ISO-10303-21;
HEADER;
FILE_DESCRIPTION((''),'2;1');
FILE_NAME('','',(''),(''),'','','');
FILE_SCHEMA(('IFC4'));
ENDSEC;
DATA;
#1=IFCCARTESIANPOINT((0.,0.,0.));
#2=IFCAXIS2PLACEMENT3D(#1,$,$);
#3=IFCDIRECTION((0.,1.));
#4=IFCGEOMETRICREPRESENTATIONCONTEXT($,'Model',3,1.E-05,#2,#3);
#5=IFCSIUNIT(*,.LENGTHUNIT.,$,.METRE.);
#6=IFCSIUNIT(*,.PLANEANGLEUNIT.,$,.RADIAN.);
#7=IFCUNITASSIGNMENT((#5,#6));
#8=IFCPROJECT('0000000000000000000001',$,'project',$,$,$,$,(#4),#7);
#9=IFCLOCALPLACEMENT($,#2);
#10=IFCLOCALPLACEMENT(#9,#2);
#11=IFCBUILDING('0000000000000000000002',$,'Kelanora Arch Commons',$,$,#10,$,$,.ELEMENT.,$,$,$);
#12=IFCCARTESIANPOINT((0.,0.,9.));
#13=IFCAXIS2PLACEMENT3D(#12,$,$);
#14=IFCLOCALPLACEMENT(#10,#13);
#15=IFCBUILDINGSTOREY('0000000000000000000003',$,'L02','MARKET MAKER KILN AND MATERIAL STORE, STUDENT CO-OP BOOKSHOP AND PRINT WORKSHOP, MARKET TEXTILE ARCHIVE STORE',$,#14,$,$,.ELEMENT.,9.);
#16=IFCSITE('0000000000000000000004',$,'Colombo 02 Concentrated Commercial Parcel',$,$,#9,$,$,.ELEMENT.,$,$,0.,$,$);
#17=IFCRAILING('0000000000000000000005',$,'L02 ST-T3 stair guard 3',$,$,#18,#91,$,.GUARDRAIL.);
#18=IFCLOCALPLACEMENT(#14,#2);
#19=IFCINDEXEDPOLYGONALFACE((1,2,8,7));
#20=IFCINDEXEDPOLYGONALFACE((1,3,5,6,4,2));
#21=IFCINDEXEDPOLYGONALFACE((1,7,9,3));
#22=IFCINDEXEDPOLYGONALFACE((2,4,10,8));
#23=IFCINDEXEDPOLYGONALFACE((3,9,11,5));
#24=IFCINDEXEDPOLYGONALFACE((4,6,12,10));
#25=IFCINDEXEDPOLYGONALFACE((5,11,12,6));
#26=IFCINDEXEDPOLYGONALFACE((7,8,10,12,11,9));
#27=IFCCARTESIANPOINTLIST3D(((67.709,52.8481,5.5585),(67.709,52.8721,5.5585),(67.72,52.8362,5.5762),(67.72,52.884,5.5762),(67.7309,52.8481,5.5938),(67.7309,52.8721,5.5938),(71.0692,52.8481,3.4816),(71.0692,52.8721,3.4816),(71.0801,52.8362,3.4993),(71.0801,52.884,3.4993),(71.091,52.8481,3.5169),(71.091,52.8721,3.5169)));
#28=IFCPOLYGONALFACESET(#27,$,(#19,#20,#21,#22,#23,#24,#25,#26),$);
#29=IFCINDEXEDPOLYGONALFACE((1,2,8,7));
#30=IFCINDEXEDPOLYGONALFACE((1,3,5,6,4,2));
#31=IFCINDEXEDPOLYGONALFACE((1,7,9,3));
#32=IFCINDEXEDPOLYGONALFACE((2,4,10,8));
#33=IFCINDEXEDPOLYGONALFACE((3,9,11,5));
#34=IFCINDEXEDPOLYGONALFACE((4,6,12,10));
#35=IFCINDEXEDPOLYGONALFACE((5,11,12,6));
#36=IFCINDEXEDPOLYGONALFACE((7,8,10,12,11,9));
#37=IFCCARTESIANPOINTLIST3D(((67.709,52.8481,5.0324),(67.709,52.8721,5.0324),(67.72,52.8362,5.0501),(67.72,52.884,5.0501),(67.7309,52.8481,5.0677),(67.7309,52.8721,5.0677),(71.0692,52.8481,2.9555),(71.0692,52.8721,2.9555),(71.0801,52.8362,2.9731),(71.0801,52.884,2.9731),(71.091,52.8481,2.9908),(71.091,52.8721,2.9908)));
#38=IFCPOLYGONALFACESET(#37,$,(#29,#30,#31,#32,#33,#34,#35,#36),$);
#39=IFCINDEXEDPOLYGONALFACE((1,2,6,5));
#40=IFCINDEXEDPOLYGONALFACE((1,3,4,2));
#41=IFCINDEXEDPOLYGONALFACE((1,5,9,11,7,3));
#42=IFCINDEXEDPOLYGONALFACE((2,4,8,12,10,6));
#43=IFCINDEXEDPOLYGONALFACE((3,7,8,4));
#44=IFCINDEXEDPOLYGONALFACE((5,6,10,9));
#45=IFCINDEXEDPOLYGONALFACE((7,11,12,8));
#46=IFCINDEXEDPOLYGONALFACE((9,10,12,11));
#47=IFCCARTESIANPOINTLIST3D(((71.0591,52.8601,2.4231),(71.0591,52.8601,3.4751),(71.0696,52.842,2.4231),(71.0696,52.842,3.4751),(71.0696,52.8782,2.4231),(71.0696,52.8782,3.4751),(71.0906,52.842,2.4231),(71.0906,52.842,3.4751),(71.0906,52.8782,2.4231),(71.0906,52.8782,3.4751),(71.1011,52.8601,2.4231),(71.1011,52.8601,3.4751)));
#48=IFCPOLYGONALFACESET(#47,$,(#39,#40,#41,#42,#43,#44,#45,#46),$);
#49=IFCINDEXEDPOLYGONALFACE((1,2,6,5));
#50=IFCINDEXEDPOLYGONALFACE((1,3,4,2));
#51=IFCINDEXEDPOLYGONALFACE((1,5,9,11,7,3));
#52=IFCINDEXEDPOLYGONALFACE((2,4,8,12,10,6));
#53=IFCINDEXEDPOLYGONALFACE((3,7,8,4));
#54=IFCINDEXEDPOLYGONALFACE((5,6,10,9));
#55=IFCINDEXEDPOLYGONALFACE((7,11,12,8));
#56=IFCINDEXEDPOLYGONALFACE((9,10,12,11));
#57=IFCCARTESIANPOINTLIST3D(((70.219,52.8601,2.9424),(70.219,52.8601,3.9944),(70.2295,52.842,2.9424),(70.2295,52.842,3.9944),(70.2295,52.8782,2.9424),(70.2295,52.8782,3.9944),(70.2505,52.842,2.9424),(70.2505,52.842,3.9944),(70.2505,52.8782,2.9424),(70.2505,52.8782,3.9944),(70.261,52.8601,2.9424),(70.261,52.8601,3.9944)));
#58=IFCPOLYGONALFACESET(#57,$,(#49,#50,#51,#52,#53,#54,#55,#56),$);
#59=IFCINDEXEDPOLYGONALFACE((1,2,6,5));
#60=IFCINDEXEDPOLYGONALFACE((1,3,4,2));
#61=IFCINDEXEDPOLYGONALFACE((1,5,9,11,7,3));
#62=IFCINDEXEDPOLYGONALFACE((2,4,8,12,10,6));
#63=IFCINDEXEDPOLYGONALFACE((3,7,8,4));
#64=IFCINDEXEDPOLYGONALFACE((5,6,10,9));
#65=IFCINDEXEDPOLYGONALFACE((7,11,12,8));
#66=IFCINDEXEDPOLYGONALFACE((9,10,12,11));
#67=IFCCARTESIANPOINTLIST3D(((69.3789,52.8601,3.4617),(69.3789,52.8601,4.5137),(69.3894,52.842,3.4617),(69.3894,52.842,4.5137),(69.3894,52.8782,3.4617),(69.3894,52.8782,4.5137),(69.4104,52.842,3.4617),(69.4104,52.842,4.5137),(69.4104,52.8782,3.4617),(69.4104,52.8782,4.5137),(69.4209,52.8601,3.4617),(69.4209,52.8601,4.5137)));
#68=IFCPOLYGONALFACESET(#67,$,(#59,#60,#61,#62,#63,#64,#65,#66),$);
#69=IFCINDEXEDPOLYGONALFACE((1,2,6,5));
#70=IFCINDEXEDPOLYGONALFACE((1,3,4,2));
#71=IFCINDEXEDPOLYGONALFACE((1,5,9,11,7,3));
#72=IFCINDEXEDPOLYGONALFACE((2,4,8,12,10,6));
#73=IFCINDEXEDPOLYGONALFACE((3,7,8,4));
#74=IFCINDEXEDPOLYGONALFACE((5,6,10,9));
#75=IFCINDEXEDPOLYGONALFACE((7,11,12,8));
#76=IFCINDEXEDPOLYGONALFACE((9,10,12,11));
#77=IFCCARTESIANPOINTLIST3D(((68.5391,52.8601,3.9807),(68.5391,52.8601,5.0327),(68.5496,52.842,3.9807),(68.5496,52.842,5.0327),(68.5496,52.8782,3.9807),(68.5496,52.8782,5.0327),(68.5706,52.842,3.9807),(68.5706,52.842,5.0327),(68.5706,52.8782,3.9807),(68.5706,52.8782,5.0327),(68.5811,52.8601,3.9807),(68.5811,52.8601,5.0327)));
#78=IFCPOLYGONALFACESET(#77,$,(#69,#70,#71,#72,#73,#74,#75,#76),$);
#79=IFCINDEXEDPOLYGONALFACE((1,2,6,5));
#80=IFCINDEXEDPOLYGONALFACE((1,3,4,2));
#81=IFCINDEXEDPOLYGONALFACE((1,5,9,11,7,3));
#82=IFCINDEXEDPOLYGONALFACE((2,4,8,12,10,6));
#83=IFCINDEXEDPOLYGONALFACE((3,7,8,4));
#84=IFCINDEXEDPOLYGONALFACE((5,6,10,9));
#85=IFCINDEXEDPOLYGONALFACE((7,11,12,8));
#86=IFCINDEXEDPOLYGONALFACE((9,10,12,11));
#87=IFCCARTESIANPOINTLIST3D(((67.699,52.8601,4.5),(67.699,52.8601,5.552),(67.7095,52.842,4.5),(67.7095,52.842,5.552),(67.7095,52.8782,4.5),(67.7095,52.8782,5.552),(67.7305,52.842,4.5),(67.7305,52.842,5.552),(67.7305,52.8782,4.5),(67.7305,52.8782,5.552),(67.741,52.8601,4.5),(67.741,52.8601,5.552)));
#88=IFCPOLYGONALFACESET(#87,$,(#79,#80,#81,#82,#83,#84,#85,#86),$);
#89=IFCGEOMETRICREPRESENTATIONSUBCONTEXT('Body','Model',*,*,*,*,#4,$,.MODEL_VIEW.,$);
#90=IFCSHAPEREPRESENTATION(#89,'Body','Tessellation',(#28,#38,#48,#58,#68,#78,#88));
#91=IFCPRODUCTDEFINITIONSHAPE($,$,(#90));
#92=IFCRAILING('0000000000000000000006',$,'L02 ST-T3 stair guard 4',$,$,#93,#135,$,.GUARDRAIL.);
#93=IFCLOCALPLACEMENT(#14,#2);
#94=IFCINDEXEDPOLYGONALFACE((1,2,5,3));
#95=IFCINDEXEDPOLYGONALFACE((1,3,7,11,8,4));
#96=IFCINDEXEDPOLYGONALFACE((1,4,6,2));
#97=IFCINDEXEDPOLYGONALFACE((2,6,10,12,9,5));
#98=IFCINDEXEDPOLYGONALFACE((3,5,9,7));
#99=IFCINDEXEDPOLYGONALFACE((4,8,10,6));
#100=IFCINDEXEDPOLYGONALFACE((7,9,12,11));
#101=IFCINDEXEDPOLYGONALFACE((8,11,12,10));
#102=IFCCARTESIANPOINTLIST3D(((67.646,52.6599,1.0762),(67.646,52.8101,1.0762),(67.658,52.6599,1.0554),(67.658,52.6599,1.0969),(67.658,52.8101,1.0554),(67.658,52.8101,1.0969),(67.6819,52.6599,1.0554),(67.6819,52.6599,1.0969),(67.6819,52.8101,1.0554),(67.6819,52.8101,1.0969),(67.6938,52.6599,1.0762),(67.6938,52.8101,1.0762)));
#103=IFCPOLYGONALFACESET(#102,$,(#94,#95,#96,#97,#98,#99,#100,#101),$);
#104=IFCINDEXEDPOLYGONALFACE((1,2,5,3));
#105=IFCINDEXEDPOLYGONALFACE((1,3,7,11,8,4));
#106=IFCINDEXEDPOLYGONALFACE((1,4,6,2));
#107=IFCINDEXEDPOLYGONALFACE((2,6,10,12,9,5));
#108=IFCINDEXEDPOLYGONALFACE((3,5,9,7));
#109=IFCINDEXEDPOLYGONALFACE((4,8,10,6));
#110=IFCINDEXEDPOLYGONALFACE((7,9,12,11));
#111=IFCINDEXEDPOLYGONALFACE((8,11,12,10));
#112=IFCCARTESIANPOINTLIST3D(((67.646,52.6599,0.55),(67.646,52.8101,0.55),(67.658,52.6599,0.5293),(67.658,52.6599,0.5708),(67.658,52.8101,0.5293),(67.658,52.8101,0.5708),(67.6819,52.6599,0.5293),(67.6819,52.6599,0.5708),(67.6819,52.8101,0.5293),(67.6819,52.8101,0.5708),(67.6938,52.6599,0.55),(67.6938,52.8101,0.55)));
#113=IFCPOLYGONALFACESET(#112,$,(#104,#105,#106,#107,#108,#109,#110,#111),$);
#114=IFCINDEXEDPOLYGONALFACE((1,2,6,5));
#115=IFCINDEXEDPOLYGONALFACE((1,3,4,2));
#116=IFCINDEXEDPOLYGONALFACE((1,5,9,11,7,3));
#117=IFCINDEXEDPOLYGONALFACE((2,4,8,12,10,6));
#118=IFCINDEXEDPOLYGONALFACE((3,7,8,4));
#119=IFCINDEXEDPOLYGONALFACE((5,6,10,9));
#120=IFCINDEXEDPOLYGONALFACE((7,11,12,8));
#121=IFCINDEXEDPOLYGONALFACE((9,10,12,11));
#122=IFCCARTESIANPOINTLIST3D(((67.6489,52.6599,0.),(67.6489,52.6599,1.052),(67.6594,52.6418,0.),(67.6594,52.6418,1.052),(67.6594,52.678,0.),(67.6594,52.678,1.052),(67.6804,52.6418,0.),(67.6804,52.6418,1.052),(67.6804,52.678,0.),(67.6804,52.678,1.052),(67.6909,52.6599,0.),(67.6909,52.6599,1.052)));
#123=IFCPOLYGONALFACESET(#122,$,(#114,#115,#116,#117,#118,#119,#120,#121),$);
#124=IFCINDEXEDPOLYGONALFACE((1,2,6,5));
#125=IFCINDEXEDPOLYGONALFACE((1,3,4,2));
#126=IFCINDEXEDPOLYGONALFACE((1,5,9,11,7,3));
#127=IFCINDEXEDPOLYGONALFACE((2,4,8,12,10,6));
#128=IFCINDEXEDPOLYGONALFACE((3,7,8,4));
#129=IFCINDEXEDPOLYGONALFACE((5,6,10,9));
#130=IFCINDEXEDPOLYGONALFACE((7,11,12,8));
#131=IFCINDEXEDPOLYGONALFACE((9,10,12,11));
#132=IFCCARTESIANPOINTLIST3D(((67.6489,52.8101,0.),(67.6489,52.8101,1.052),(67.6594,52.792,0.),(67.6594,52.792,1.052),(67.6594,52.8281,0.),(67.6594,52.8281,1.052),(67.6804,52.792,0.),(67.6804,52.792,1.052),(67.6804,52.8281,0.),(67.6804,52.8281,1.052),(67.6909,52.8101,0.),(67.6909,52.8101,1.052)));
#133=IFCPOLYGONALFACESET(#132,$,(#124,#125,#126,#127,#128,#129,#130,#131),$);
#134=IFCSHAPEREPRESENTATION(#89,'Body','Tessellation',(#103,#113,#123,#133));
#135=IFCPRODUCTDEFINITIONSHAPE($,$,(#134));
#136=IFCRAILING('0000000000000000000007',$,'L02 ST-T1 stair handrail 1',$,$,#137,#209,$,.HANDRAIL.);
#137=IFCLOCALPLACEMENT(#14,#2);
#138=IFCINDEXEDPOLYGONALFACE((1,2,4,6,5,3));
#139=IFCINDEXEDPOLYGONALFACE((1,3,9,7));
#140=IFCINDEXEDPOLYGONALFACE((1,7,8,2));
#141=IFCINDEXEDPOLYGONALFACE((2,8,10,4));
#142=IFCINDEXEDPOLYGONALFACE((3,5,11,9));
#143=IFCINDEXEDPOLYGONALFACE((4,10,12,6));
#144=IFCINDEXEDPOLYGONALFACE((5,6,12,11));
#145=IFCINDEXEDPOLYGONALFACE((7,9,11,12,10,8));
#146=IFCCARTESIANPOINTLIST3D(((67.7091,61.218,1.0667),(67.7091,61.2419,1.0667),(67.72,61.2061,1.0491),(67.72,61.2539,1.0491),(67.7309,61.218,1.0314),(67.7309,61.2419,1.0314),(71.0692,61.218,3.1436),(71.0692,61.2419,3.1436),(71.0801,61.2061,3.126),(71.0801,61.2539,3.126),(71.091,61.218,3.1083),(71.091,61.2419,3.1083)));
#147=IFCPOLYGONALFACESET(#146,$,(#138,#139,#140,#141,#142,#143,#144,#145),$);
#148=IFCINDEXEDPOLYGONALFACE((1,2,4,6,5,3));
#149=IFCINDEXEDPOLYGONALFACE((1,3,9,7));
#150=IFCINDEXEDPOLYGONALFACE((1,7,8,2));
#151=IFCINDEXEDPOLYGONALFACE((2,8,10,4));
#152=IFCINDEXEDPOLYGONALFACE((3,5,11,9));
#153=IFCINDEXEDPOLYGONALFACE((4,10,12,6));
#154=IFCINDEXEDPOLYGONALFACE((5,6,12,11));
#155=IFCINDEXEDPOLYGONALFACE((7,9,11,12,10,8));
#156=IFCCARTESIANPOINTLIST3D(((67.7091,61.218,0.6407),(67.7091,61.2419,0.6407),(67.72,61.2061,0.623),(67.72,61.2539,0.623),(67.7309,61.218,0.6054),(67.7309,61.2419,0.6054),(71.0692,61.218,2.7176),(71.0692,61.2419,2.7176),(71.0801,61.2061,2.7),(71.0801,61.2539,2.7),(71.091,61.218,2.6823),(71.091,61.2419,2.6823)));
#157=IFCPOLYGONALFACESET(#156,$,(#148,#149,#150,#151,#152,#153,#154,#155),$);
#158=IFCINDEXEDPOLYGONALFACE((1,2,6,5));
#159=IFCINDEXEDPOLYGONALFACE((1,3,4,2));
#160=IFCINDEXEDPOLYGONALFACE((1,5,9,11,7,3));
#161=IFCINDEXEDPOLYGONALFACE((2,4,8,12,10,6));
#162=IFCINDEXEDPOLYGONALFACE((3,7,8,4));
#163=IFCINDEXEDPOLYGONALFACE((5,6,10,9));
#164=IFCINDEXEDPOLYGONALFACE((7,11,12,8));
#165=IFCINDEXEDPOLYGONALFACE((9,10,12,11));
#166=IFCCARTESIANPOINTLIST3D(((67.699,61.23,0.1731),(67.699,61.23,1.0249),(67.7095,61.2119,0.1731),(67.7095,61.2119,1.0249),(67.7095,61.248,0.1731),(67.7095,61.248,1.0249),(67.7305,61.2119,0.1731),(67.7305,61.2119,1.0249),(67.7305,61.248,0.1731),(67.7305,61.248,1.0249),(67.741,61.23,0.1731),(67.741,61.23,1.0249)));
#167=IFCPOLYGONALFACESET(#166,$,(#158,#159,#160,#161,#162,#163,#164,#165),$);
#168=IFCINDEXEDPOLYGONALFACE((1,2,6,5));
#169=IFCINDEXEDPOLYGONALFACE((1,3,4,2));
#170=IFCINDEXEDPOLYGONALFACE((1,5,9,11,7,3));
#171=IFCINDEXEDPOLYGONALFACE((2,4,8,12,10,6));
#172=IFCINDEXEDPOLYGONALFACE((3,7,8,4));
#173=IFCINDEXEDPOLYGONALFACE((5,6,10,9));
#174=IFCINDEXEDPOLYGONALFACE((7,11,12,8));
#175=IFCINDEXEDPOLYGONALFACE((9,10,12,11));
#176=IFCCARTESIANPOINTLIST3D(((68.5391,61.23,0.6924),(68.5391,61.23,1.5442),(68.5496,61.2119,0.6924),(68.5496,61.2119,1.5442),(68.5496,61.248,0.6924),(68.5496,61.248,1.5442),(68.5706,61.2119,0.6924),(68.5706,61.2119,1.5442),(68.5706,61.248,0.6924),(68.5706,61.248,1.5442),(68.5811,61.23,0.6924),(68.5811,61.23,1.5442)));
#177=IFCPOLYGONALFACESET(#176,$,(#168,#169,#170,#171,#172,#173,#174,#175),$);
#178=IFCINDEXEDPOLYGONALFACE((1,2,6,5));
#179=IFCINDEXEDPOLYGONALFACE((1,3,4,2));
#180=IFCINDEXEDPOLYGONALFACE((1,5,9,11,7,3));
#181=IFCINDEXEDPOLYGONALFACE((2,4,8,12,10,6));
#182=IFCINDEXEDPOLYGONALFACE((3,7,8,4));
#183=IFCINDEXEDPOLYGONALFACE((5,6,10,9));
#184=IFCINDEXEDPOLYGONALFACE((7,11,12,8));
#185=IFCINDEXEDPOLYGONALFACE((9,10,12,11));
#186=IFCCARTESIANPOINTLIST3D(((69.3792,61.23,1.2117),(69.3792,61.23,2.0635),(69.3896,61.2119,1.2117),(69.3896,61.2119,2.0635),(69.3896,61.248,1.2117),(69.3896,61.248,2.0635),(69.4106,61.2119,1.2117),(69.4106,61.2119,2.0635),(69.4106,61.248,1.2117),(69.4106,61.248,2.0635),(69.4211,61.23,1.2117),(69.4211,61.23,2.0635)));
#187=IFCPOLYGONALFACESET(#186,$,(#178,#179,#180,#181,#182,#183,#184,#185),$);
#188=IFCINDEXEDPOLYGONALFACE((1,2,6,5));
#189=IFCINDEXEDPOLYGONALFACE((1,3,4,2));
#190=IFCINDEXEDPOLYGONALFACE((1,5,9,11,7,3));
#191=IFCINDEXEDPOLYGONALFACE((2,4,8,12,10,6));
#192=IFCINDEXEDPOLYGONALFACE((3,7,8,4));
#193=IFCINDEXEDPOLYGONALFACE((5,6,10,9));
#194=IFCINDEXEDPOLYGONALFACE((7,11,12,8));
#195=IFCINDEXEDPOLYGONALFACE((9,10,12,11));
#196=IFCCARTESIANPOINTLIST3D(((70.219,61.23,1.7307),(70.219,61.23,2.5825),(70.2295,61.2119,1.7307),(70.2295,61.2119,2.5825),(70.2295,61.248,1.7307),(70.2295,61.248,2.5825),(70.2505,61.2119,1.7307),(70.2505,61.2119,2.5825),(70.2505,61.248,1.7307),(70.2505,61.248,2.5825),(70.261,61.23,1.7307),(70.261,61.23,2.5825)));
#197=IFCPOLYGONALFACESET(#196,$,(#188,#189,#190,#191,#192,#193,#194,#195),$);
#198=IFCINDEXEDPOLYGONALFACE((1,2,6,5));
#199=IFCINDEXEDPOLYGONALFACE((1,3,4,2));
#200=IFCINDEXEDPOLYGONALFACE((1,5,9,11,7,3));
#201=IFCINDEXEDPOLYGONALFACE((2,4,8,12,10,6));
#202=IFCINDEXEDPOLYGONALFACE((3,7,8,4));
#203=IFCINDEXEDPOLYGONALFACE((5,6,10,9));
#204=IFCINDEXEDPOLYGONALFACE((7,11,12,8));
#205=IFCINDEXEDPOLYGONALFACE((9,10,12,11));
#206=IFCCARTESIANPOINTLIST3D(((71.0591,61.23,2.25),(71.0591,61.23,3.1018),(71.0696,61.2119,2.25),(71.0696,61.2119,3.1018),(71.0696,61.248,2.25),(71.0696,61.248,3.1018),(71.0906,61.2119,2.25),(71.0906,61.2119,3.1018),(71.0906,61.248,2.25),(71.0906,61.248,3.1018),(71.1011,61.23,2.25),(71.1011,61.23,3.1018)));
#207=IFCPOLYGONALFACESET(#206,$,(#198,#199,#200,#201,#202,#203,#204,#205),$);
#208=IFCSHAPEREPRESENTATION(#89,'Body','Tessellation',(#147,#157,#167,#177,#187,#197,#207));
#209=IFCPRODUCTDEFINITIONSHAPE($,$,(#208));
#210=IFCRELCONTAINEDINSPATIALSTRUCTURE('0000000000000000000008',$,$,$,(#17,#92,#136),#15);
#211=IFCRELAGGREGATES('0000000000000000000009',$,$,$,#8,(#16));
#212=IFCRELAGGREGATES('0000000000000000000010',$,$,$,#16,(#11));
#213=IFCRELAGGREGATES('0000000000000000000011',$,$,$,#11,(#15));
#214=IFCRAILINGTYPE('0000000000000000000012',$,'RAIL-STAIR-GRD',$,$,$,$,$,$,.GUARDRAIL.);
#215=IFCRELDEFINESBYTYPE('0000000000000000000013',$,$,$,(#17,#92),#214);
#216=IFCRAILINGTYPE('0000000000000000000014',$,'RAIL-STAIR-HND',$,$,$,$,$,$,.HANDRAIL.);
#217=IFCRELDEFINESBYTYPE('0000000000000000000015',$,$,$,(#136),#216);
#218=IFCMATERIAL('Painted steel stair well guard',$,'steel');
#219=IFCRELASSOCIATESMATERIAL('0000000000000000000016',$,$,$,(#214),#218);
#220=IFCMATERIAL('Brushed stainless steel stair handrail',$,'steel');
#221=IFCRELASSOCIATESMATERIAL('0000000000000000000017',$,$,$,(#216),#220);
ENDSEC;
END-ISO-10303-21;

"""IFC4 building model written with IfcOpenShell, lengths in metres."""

from ifc_helpers import new_model, si_unit, direction, frame, origin, place, context, subcontext, project, spatial, polyline, outline, extrude, material, type_object, element, save


model = new_model("IFC4")

# Units and contexts
model_context = context("Model", 3, precision=1e-05, world=origin(), true_north=direction((0.0, 1.0)))
body_context = subcontext(model_context, "Body", "Model", "MODEL_VIEW")
ifc_project = project(units=[si_unit("LENGTHUNIT", "METRE"), si_unit("PLANEANGLEUNIT", "RADIAN")], contexts=[model_context])

# Site, building, storey
site_placement = place(None, origin())
site = spatial("IfcSite", under=ifc_project, at=site_placement, Name="Colombo 02 Concentrated Commercial Parcel", CompositionType="ELEMENT", RefElevation=0.0)
building_placement = place(site_placement, origin())
building = spatial("IfcBuilding", under=site, at=building_placement, Name="Kelanora Arch Commons", CompositionType="ELEMENT")
storey_placement = place(building_placement, frame((0.0, 0.0, 9.0)))
storey = spatial("IfcBuildingStorey", under=building, at=storey_placement, Name="L02", Description="MARKET MAKER KILN AND MATERIAL STORE, STUDENT CO-OP BOOKSHOP AND PRINT WORKSHOP, MARKET TEXTILE ARCHIVE STORE", CompositionType="ELEMENT", Elevation=9.0)

# Railings
ifc_material_1 = material(Name="Painted steel stair well guard", Category="steel")
railing_type_1 = type_object("IfcRailingType", Name="RAIL-STAIR-GRD", PredefinedType="GUARDRAIL", material=ifc_material_1)
railing_1_placement = place(storey_placement, frame((71.0801, 52.8601, 2.4231)))
element("IfcRailing", 1, at=railing_1_placement, inside=storey, type_object=railing_type_1, Name="L02 ST-T3 stair guard 3", PredefinedType="GUARDRAIL", context=body_context, shape_type="SweptSolid", body=[
    extrude(outline(polyline([(0.0239, 0.0), (0.012, 0.0208), (-0.012, 0.0208), (-0.0239, 0.0), (-0.012, -0.0208), (0.012, -0.0208), (0.0239, 0.0)])), frame((0.0, 0.0, 1.0762), z_axis=(-0.850623, 0.0, 0.525776), x_axis=(0.0, -1.0, 0.0)), (0.0, 0.0, 1.0), 3.9502),
    extrude(outline(polyline([(0.0239, 0.0), (0.012, 0.0208), (-0.012, 0.0208), (-0.0239, 0.0), (-0.012, -0.0208), (0.012, -0.0208), (0.0239, 0.0)])), frame((0.0, 0.0, 0.55), z_axis=(-0.850623, 0.0, 0.525776), x_axis=(0.0, -1.0, 0.0)), (0.0, 0.0, 1.0), 3.9502),
    extrude(outline(polyline([(0.021, 0.0), (0.0105, 0.0181), (-0.0105, 0.0181), (-0.021, 0.0), (-0.0105, -0.0181), (0.0105, -0.0181), (0.021, 0.0)])), origin(), (0.0, 0.0, 1.0), 1.052),
    extrude(outline(polyline([(0.021, 0.0), (0.0105, 0.0181), (-0.0105, 0.0181), (-0.021, 0.0), (-0.0105, -0.0181), (0.0105, -0.0181), (0.021, 0.0)])), frame((-0.8401, 0.0, 0.5193)), (0.0, 0.0, 1.0), 1.052),
    extrude(outline(polyline([(0.021, 0.0), (0.0105, 0.0181), (-0.0105, 0.0181), (-0.021, 0.0), (-0.0105, -0.0181), (0.0105, -0.0181), (0.021, 0.0)])), frame((-1.6802, 0.0, 1.0386)), (0.0, 0.0, 1.0), 1.052),
    extrude(outline(polyline([(0.021, 0.0), (0.0105, 0.0181), (-0.0105, 0.0181), (-0.021, 0.0), (-0.0105, -0.0181), (0.0105, -0.0181), (0.021, 0.0)])), frame((-2.52, 0.0, 1.5576)), (0.0, 0.0, 1.0), 1.052),
    extrude(outline(polyline([(0.021, 0.0), (0.0105, 0.0181), (-0.0105, 0.0181), (-0.021, 0.0), (-0.0105, -0.0181), (0.0105, -0.0181), (0.021, 0.0)])), frame((-3.3601, 0.0, 2.0769)), (0.0, 0.0, 1.0), 1.052),
])
railing_2_placement = place(storey_placement, frame((67.6699, 52.6599, 0.0)))
element("IfcRailing", 2, at=railing_2_placement, inside=storey, type_object=railing_type_1, Name="L02 ST-T3 stair guard 4", PredefinedType="GUARDRAIL", context=body_context, shape_type="SweptSolid", body=[
    extrude(outline(polyline([(0.0239, 0.0), (0.012, 0.0208), (-0.012, 0.0208), (-0.0239, 0.0), (-0.012, -0.0208), (0.012, -0.0208), (0.0239, 0.0)])), frame((0.0, 0.0, 1.0762), z_axis=(0.0, 1.0, 0.0), x_axis=(-1.0, 0.0, 0.0)), (0.0, 0.0, 1.0), 0.1501),
    extrude(outline(polyline([(0.0239, 0.0), (0.012, 0.0208), (-0.012, 0.0208), (-0.0239, 0.0), (-0.012, -0.0208), (0.012, -0.0208), (0.0239, 0.0)])), frame((0.0, 0.0, 0.55), z_axis=(0.0, 1.0, 0.0), x_axis=(-1.0, 0.0, 0.0)), (0.0, 0.0, 1.0), 0.1501),
    extrude(outline(polyline([(0.021, 0.0), (0.0105, 0.0181), (-0.0105, 0.0181), (-0.021, 0.0), (-0.0105, -0.0181), (0.0105, -0.0181), (0.021, 0.0)])), origin(), (0.0, 0.0, 1.0), 1.052),
    extrude(outline(polyline([(0.021, 0.0), (0.0105, 0.0181), (-0.0105, 0.0181), (-0.021, 0.0), (-0.0105, -0.0181), (0.0105, -0.0181), (0.021, 0.0)])), frame((0.0, 0.1501, 0.0)), (0.0, 0.0, 1.0), 1.052),
])
ifc_material_2 = material(Name="Brushed stainless steel stair handrail", Category="steel")
railing_type_2 = type_object("IfcRailingType", Name="RAIL-STAIR-HND", PredefinedType="HANDRAIL", material=ifc_material_2)
railing_3_placement = place(storey_placement, frame((67.72, 61.23, 0.1731)))
element("IfcRailing", 3, at=railing_3_placement, inside=storey, type_object=railing_type_2, Name="L02 ST-T1 stair handrail 1", PredefinedType="HANDRAIL", context=body_context, shape_type="SweptSolid", body=[
    extrude(outline(polyline([(0.0239, 0.0), (0.012, 0.0208), (-0.012, 0.0208), (-0.0239, 0.0), (-0.012, -0.0208), (0.012, -0.0208), (0.0239, 0.0)])), frame((0.0, 0.0, 0.876), z_axis=(0.850623, 0.0, 0.525776), x_axis=(0.0, 1.0, 0.0)), (0.0, 0.0, 1.0), 3.9502),
    extrude(outline(polyline([(0.0239, 0.0), (0.012, 0.0208), (-0.012, 0.0208), (-0.0239, 0.0), (-0.012, -0.0208), (0.012, -0.0208), (0.0239, 0.0)])), frame((0.0, 0.0, 0.45), z_axis=(0.850623, 0.0, 0.525776), x_axis=(0.0, 1.0, 0.0)), (0.0, 0.0, 1.0), 3.9502),
    extrude(outline(polyline([(0.021, 0.0), (0.0105, 0.0181), (-0.0105, 0.0181), (-0.021, 0.0), (-0.0105, -0.0181), (0.0105, -0.0181), (0.021, 0.0)])), origin(), (0.0, 0.0, 1.0), 0.8518),
    extrude(outline(polyline([(0.021, 0.0), (0.0105, 0.0181), (-0.0105, 0.0181), (-0.021, 0.0), (-0.0105, -0.0181), (0.0105, -0.0181), (0.021, 0.0)])), frame((0.8401, 0.0, 0.5193)), (0.0, 0.0, 1.0), 0.8518),
    extrude(outline(polyline([(0.021, 0.0), (0.0105, 0.0181), (-0.0105, 0.0181), (-0.021, 0.0), (-0.0105, -0.0181), (0.0105, -0.0181), (0.021, 0.0)])), frame((1.6802, 0.0, 1.0386)), (0.0, 0.0, 1.0), 0.8518),
    extrude(outline(polyline([(0.021, 0.0), (0.0105, 0.0181), (-0.0105, 0.0181), (-0.021, 0.0), (-0.0105, -0.0181), (0.0105, -0.0181), (0.021, 0.0)])), frame((2.52, 0.0, 1.5576)), (0.0, 0.0, 1.0), 0.8518),
    extrude(outline(polyline([(0.021, 0.0), (0.0105, 0.0181), (-0.0105, 0.0181), (-0.021, 0.0), (-0.0105, -0.0181), (0.0105, -0.0181), (0.021, 0.0)])), frame((3.3601, 0.0, 2.0769)), (0.0, 0.0, 1.0), 0.8518),
])

save(model, "model.ifc")
